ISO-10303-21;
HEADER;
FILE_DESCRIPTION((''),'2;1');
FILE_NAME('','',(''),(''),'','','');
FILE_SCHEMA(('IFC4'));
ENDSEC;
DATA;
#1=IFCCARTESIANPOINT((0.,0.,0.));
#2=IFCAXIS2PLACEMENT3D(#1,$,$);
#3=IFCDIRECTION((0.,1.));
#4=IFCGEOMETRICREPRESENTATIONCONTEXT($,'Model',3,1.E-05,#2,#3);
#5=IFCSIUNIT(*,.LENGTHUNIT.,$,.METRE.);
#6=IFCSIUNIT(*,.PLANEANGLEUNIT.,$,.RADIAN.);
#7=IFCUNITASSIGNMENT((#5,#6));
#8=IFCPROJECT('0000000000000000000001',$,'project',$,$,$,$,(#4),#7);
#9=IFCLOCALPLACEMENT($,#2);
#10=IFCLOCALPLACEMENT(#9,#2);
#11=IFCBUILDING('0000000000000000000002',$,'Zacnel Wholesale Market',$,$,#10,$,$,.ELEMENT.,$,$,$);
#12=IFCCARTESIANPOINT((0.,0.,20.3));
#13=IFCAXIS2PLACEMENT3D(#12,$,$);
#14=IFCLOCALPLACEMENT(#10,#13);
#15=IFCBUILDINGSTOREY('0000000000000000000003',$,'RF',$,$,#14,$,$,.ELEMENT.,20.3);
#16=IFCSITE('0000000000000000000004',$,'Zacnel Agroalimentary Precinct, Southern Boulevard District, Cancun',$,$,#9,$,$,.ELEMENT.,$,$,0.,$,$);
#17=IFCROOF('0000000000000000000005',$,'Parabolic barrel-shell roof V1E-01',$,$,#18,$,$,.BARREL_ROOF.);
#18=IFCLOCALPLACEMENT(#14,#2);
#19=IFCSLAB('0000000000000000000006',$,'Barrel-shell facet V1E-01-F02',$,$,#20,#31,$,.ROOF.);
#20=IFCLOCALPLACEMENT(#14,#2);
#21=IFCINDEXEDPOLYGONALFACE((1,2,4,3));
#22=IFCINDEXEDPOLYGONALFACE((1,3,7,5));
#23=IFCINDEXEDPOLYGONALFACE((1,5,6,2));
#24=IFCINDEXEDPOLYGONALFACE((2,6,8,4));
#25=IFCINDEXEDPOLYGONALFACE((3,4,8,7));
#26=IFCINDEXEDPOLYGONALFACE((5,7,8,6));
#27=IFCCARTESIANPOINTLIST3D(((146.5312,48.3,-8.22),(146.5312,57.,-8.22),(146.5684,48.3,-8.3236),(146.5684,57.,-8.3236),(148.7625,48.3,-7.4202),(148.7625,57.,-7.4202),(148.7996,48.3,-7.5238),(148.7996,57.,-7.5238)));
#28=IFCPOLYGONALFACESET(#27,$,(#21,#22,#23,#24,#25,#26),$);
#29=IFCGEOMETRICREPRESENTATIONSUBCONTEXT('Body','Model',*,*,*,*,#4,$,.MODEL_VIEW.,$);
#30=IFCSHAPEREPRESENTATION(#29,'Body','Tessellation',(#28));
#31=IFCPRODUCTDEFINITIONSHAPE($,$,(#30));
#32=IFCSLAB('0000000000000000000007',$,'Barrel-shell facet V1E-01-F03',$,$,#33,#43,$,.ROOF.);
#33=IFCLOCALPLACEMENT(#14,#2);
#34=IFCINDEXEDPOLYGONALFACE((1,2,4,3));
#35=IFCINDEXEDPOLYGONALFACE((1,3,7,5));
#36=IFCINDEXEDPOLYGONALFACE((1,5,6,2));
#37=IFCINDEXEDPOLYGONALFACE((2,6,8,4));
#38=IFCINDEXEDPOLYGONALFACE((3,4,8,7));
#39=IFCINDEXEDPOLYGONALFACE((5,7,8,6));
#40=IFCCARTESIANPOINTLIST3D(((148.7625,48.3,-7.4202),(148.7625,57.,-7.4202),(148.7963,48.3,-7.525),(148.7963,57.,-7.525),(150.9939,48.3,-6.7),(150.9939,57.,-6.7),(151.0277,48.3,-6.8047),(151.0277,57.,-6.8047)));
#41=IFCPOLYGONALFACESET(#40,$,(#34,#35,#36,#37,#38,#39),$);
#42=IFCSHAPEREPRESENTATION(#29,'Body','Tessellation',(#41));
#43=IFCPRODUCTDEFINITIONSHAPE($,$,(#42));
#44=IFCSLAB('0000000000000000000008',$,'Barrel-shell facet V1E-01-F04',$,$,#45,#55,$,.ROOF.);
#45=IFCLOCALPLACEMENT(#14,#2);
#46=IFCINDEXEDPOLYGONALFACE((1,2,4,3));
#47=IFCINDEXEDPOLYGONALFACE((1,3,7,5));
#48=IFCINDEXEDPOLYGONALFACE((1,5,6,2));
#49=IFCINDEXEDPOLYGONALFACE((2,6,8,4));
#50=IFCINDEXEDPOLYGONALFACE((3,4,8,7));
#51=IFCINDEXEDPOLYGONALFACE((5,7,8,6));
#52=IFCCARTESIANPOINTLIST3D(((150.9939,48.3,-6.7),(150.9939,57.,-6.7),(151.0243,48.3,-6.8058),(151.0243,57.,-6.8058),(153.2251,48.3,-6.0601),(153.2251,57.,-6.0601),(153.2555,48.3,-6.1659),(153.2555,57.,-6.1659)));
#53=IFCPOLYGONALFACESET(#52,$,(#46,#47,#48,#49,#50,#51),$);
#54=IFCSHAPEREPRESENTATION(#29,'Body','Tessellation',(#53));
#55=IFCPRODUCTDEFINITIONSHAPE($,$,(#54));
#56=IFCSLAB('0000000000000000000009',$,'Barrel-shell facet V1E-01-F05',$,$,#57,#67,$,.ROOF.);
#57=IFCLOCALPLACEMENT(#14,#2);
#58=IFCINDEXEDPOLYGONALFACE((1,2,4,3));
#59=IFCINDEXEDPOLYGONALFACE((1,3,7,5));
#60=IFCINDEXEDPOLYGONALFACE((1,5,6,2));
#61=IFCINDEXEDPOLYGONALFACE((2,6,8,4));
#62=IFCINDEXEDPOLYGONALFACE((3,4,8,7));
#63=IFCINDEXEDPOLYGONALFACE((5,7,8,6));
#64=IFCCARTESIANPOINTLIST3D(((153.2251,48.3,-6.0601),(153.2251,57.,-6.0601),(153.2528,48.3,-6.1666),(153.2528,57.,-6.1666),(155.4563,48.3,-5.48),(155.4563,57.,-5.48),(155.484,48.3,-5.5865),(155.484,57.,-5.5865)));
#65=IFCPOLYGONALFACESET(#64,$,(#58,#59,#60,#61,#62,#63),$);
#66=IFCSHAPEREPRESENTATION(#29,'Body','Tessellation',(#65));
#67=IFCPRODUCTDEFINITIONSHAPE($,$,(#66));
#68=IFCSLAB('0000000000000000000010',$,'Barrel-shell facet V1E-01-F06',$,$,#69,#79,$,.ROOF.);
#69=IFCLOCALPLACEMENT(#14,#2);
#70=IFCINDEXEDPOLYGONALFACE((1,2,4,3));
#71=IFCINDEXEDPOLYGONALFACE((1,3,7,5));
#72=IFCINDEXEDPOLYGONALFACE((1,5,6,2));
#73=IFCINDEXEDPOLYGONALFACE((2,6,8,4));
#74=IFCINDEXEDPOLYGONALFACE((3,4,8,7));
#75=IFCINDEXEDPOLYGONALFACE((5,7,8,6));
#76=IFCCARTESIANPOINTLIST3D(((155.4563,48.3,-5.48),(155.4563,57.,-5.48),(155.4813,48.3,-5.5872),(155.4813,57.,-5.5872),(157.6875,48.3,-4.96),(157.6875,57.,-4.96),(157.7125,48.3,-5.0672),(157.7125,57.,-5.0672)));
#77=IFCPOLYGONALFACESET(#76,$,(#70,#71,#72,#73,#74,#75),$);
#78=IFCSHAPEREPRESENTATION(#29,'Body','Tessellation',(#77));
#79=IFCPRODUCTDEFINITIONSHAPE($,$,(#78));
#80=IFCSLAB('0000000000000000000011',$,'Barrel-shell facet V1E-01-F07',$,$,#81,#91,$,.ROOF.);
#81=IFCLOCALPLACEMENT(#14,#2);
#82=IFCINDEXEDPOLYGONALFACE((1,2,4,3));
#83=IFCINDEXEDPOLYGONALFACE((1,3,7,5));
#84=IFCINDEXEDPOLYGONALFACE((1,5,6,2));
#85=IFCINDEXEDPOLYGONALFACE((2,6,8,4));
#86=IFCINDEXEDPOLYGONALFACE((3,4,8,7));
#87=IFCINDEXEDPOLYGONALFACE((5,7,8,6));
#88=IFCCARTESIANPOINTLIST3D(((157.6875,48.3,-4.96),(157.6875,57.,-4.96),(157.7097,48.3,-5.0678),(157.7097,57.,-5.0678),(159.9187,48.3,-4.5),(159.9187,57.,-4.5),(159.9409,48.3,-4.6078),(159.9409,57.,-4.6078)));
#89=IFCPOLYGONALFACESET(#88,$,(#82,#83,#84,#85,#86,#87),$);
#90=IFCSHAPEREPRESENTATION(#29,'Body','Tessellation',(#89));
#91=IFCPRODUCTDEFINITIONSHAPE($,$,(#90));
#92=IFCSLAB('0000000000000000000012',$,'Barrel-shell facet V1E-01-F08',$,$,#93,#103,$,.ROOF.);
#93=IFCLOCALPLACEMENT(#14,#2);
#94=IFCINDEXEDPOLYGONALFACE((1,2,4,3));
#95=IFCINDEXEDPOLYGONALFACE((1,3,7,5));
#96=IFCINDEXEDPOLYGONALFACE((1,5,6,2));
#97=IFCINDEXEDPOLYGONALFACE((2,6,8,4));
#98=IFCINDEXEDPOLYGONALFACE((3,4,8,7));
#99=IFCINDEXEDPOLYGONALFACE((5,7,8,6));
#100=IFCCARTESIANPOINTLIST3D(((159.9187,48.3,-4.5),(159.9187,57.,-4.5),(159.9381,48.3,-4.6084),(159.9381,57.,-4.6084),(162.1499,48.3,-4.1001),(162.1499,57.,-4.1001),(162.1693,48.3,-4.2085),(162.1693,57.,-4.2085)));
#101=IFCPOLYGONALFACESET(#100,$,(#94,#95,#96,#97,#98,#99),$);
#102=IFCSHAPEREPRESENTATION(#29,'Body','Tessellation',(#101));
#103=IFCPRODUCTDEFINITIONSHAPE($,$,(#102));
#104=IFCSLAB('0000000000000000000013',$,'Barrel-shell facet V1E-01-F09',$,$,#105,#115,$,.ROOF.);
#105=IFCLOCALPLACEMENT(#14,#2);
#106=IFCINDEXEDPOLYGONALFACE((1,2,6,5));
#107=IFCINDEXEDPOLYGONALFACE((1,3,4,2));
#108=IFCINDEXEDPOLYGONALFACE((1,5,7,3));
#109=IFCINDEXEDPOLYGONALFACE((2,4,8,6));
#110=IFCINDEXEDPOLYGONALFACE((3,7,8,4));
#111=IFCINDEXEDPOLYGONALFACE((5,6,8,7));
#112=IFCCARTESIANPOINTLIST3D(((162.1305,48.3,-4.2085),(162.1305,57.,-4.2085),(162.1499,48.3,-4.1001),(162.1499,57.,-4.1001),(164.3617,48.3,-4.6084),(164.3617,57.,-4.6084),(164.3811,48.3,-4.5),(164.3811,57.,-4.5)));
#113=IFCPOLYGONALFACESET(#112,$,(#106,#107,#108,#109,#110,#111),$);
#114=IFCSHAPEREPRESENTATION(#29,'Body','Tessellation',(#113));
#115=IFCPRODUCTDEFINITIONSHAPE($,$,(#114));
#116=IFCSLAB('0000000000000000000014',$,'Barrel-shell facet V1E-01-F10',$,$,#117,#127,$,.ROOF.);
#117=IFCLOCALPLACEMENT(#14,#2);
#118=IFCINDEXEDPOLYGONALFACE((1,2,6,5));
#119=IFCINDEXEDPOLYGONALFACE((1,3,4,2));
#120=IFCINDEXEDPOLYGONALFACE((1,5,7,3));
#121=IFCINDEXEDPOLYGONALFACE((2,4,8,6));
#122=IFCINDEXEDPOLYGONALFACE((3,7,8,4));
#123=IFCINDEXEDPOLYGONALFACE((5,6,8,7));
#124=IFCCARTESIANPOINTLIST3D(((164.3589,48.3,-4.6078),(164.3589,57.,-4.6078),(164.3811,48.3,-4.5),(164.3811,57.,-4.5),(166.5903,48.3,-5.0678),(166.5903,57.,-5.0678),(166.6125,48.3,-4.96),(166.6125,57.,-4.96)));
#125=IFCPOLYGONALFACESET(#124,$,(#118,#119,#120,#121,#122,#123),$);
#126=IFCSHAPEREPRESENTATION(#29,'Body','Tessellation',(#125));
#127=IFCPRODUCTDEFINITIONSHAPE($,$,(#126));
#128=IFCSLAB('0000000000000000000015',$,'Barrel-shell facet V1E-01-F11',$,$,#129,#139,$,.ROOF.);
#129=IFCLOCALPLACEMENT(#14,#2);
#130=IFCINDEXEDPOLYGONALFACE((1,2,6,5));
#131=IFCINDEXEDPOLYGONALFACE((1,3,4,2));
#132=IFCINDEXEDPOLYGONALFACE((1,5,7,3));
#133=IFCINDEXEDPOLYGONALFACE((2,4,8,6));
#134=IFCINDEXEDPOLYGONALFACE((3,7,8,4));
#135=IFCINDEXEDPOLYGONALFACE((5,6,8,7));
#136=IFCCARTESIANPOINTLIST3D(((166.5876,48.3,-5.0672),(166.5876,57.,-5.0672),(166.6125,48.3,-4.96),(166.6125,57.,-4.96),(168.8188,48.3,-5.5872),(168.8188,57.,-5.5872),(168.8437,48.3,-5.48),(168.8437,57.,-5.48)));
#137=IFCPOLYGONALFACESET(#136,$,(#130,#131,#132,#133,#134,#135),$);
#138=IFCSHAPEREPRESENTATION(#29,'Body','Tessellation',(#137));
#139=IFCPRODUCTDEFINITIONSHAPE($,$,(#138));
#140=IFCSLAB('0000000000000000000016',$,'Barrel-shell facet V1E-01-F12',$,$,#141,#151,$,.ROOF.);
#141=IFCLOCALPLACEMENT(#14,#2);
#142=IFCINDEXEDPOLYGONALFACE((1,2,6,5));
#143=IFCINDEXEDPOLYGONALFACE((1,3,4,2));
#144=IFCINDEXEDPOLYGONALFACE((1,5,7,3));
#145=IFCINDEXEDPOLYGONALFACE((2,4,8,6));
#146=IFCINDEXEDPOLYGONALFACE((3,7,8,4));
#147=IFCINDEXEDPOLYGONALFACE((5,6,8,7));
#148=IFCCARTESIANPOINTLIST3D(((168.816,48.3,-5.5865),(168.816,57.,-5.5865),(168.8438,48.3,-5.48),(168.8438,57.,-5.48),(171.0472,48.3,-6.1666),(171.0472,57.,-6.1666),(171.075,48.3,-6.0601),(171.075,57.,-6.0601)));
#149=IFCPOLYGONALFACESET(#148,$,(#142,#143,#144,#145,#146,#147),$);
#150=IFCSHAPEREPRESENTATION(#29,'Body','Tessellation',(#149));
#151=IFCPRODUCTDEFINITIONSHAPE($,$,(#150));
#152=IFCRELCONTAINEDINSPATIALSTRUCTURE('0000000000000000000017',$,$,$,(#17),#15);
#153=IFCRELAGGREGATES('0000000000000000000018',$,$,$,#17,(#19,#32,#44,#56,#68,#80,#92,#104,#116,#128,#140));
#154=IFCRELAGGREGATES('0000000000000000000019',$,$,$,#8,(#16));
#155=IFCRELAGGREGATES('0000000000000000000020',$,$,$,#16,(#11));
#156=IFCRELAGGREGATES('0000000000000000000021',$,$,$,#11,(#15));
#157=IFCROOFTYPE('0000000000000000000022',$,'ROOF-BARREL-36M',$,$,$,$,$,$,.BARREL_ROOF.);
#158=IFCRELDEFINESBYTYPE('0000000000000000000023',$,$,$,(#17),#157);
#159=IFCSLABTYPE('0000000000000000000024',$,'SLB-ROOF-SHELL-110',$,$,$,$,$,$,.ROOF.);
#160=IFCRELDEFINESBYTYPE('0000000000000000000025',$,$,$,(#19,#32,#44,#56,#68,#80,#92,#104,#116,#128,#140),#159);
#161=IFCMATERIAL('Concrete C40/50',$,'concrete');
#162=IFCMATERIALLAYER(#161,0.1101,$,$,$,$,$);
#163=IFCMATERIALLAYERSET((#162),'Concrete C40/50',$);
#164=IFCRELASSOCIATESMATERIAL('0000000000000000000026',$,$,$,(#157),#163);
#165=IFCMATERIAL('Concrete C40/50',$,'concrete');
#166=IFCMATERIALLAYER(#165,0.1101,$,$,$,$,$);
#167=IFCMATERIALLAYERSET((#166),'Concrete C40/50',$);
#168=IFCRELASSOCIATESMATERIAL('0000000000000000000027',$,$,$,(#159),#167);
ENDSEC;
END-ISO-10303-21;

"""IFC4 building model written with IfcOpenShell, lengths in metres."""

from ifc_helpers import new_model, si_unit, direction, frame, origin, place, context, subcontext, project, spatial, polyline, outline, extrude, material, layer, layer_set, type_object, element, aggregate, save


model = new_model("IFC4")

# Units and contexts
model_context = context("Model", 3, precision=1e-05, world=origin(), true_north=direction((0.0, 1.0)))
body_context = subcontext(model_context, "Body", "Model", "MODEL_VIEW")
ifc_project = project(units=[si_unit("LENGTHUNIT", "METRE"), si_unit("PLANEANGLEUNIT", "RADIAN")], contexts=[model_context])

# Site, building, storey
site_placement = place(None, origin())
site = spatial("IfcSite", under=ifc_project, at=site_placement, Name="Zacnel Agroalimentary Precinct, Southern Boulevard District, Cancun", CompositionType="ELEMENT", RefElevation=0.0)
building_placement = place(site_placement, origin())
building = spatial("IfcBuilding", under=site, at=building_placement, Name="Zacnel Wholesale Market", CompositionType="ELEMENT")
storey_placement = place(building_placement, frame((0.0, 0.0, 20.3)))
storey = spatial("IfcBuildingStorey", under=building, at=storey_placement, Name="RF", CompositionType="ELEMENT", Elevation=20.3)

# Roof, slabs
ifc_material_1 = material(Name="Concrete C40/50", Category="concrete")
ifc_layer_1 = layer(ifc_material_1, 0.1101)
ifc_layer_set_1 = layer_set([ifc_layer_1], Name="Concrete C40/50")
roof_type = type_object("IfcRoofType", Name="ROOF-BARREL-36M", PredefinedType="BARREL_ROOF", material=ifc_layer_set_1)
roof_placement = place(storey_placement, origin())
roof = element("IfcRoof", 1, at=roof_placement, inside=storey, type_object=roof_type, Name="Parabolic barrel-shell roof V1E-01", PredefinedType="BARREL_ROOF")
ifc_material_2 = material(Name="Concrete C40/50", Category="concrete")
ifc_layer_2 = layer(ifc_material_2, 0.1101)
ifc_layer_set_2 = layer_set([ifc_layer_2], Name="Concrete C40/50")
slab_type = type_object("IfcSlabType", Name="SLB-ROOF-SHELL-110", PredefinedType="ROOF", material=ifc_layer_set_2)
slab_1_placement = place(storey_placement, frame((146.5312, 48.3, -8.22), z_axis=(-0.337439, 0.0, 0.941347), x_axis=(0.0, 1.0, 0.0)))
slab_1 = element("IfcSlab", 2, at=slab_1_placement, type_object=slab_type, Name="Barrel-shell facet V1E-01-F02", PredefinedType="ROOF", context=body_context, shape_type="SweptSolid", body=[
    extrude(outline(polyline([(0.0, 0.0), (8.7, 0.0), (8.7, -2.3702), (0.0, -2.3702), (0.0, 0.0)])), origin(), (0.0, 0.0, -1.0), 0.1101),
])
slab_2_placement = place(storey_placement, frame((148.7625, 48.3, -7.4202), z_axis=(-0.307155, 0.0, 0.95166), x_axis=(0.0, 1.0, 0.0)))
slab_2 = element("IfcSlab", 3, at=slab_2_placement, type_object=slab_type, Name="Barrel-shell facet V1E-01-F03", PredefinedType="ROOF", context=body_context, shape_type="SweptSolid", body=[
    extrude(outline(polyline([(0.0, 0.0), (8.7, 0.0), (8.7, -2.3448), (0.0, -2.3448), (0.0, 0.0)])), origin(), (0.0, 0.0, -1.0), 0.1101),
])
slab_3_placement = place(storey_placement, frame((150.9939, 48.3, -6.7), z_axis=(-0.27568, 0.0, 0.96125), x_axis=(0.0, 1.0, 0.0)))
slab_3 = element("IfcSlab", 4, at=slab_3_placement, type_object=slab_type, Name="Barrel-shell facet V1E-01-F04", PredefinedType="ROOF", context=body_context, shape_type="SweptSolid", body=[
    extrude(outline(polyline([(0.0, 0.0), (8.7, 0.0), (8.7, -2.3211), (0.0, -2.3211), (0.0, 0.0)])), origin(), (0.0, 0.0, -1.0), 0.1101),
])
slab_4_placement = place(storey_placement, frame((153.2251, 48.3, -6.0601), z_axis=(-0.25162, 0.0, 0.967826), x_axis=(0.0, 1.0, 0.0)))
slab_4 = element("IfcSlab", 5, at=slab_4_placement, type_object=slab_type, Name="Barrel-shell facet V1E-01-F05", PredefinedType="ROOF", context=body_context, shape_type="SweptSolid", body=[
    extrude(outline(polyline([(0.0, 0.0), (8.7, 0.0), (8.7, -2.3054), (0.0, -2.3054), (0.0, 0.0)])), origin(), (0.0, 0.0, -1.0), 0.1101),
])
slab_5_placement = place(storey_placement, frame((155.4563, 48.3, -5.48), z_axis=(-0.226984, 0.0, 0.973899), x_axis=(0.0, 1.0, 0.0)))
slab_5 = element("IfcSlab", 6, at=slab_5_placement, type_object=slab_type, Name="Barrel-shell facet V1E-01-F06", PredefinedType="ROOF", context=body_context, shape_type="SweptSolid", body=[
    extrude(outline(polyline([(0.0, 0.0), (8.7, 0.0), (8.7, -2.291), (0.0, -2.291), (0.0, 0.0)])), origin(), (0.0, 0.0, -1.0), 0.1101),
])
slab_6_placement = place(storey_placement, frame((157.6875, 48.3, -4.96), z_axis=(-0.201904, 0.0, 0.979405), x_axis=(0.0, 1.0, 0.0)))
slab_6 = element("IfcSlab", 7, at=slab_6_placement, type_object=slab_type, Name="Barrel-shell facet V1E-01-F07", PredefinedType="ROOF", context=body_context, shape_type="SweptSolid", body=[
    extrude(outline(polyline([(0.0, 0.0), (8.7, 0.0), (8.7, -2.2781), (0.0, -2.2781), (0.0, 0.0)])), origin(), (0.0, 0.0, -1.0), 0.1101),
])
slab_7_placement = place(storey_placement, frame((159.9187, 48.3, -4.5), z_axis=(-0.176421, 0.0, 0.984315), x_axis=(0.0, 1.0, 0.0)))
slab_7 = element("IfcSlab", 8, at=slab_7_placement, type_object=slab_type, Name="Barrel-shell facet V1E-01-F08", PredefinedType="ROOF", context=body_context, shape_type="SweptSolid", body=[
    extrude(outline(polyline([(0.0, 0.0), (8.7, 0.0), (8.7, -2.2668), (0.0, -2.2668), (0.0, 0.0)])), origin(), (0.0, 0.0, -1.0), 0.1101),
])
slab_8_placement = place(storey_placement, frame((162.1499, 48.3, -4.1001), z_axis=(0.176421, 0.0, 0.984315), x_axis=(0.0, 1.0, 0.0)))
slab_8 = element("IfcSlab", 9, at=slab_8_placement, type_object=slab_type, Name="Barrel-shell facet V1E-01-F09", PredefinedType="ROOF", context=body_context, shape_type="SweptSolid", body=[
    extrude(outline(polyline([(0.0, 0.0), (8.7, 0.0), (8.7, -2.2668), (0.0, -2.2668), (0.0, 0.0)])), origin(), (0.0, 0.0, -1.0), 0.1101),
])
slab_9_placement = place(storey_placement, frame((164.3811, 48.3, -4.5), z_axis=(0.201883, 0.0, 0.97941), x_axis=(0.0, 1.0, 0.0)))
slab_9 = element("IfcSlab", 10, at=slab_9_placement, type_object=slab_type, Name="Barrel-shell facet V1E-01-F10", PredefinedType="ROOF", context=body_context, shape_type="SweptSolid", body=[
    extrude(outline(polyline([(0.0, 0.0), (8.7, 0.0), (8.7, -2.2784), (0.0, -2.2784), (0.0, 0.0)])), origin(), (0.0, 0.0, -1.0), 0.1101),
])
slab_10_placement = place(storey_placement, frame((166.6125, 48.3, -4.96), z_axis=(0.226984, 0.0, 0.973899), x_axis=(0.0, 1.0, 0.0)))
slab_10 = element("IfcSlab", 11, at=slab_10_placement, type_object=slab_type, Name="Barrel-shell facet V1E-01-F11", PredefinedType="ROOF", context=body_context, shape_type="SweptSolid", body=[
    extrude(outline(polyline([(0.0, 0.0), (8.7, 0.0), (8.7, -2.291), (0.0, -2.291), (0.0, 0.0)])), origin(), (0.0, 0.0, -1.0), 0.1101),
])
slab_11_placement = place(storey_placement, frame((168.8438, 48.3, -5.48), z_axis=(0.25162, 0.0, 0.967826), x_axis=(0.0, 1.0, 0.0)))
slab_11 = element("IfcSlab", 12, at=slab_11_placement, type_object=slab_type, Name="Barrel-shell facet V1E-01-F12", PredefinedType="ROOF", context=body_context, shape_type="SweptSolid", body=[
    extrude(outline(polyline([(0.0, 0.0), (8.7, 0.0), (8.7, -2.3054), (0.0, -2.3054), (0.0, 0.0)])), origin(), (0.0, 0.0, -1.0), 0.1101),
])
aggregate(roof, [slab_1, slab_2, slab_3, slab_4, slab_5, slab_6, slab_7, slab_8, slab_9, slab_10, slab_11])

save(model, "model.ifc")
